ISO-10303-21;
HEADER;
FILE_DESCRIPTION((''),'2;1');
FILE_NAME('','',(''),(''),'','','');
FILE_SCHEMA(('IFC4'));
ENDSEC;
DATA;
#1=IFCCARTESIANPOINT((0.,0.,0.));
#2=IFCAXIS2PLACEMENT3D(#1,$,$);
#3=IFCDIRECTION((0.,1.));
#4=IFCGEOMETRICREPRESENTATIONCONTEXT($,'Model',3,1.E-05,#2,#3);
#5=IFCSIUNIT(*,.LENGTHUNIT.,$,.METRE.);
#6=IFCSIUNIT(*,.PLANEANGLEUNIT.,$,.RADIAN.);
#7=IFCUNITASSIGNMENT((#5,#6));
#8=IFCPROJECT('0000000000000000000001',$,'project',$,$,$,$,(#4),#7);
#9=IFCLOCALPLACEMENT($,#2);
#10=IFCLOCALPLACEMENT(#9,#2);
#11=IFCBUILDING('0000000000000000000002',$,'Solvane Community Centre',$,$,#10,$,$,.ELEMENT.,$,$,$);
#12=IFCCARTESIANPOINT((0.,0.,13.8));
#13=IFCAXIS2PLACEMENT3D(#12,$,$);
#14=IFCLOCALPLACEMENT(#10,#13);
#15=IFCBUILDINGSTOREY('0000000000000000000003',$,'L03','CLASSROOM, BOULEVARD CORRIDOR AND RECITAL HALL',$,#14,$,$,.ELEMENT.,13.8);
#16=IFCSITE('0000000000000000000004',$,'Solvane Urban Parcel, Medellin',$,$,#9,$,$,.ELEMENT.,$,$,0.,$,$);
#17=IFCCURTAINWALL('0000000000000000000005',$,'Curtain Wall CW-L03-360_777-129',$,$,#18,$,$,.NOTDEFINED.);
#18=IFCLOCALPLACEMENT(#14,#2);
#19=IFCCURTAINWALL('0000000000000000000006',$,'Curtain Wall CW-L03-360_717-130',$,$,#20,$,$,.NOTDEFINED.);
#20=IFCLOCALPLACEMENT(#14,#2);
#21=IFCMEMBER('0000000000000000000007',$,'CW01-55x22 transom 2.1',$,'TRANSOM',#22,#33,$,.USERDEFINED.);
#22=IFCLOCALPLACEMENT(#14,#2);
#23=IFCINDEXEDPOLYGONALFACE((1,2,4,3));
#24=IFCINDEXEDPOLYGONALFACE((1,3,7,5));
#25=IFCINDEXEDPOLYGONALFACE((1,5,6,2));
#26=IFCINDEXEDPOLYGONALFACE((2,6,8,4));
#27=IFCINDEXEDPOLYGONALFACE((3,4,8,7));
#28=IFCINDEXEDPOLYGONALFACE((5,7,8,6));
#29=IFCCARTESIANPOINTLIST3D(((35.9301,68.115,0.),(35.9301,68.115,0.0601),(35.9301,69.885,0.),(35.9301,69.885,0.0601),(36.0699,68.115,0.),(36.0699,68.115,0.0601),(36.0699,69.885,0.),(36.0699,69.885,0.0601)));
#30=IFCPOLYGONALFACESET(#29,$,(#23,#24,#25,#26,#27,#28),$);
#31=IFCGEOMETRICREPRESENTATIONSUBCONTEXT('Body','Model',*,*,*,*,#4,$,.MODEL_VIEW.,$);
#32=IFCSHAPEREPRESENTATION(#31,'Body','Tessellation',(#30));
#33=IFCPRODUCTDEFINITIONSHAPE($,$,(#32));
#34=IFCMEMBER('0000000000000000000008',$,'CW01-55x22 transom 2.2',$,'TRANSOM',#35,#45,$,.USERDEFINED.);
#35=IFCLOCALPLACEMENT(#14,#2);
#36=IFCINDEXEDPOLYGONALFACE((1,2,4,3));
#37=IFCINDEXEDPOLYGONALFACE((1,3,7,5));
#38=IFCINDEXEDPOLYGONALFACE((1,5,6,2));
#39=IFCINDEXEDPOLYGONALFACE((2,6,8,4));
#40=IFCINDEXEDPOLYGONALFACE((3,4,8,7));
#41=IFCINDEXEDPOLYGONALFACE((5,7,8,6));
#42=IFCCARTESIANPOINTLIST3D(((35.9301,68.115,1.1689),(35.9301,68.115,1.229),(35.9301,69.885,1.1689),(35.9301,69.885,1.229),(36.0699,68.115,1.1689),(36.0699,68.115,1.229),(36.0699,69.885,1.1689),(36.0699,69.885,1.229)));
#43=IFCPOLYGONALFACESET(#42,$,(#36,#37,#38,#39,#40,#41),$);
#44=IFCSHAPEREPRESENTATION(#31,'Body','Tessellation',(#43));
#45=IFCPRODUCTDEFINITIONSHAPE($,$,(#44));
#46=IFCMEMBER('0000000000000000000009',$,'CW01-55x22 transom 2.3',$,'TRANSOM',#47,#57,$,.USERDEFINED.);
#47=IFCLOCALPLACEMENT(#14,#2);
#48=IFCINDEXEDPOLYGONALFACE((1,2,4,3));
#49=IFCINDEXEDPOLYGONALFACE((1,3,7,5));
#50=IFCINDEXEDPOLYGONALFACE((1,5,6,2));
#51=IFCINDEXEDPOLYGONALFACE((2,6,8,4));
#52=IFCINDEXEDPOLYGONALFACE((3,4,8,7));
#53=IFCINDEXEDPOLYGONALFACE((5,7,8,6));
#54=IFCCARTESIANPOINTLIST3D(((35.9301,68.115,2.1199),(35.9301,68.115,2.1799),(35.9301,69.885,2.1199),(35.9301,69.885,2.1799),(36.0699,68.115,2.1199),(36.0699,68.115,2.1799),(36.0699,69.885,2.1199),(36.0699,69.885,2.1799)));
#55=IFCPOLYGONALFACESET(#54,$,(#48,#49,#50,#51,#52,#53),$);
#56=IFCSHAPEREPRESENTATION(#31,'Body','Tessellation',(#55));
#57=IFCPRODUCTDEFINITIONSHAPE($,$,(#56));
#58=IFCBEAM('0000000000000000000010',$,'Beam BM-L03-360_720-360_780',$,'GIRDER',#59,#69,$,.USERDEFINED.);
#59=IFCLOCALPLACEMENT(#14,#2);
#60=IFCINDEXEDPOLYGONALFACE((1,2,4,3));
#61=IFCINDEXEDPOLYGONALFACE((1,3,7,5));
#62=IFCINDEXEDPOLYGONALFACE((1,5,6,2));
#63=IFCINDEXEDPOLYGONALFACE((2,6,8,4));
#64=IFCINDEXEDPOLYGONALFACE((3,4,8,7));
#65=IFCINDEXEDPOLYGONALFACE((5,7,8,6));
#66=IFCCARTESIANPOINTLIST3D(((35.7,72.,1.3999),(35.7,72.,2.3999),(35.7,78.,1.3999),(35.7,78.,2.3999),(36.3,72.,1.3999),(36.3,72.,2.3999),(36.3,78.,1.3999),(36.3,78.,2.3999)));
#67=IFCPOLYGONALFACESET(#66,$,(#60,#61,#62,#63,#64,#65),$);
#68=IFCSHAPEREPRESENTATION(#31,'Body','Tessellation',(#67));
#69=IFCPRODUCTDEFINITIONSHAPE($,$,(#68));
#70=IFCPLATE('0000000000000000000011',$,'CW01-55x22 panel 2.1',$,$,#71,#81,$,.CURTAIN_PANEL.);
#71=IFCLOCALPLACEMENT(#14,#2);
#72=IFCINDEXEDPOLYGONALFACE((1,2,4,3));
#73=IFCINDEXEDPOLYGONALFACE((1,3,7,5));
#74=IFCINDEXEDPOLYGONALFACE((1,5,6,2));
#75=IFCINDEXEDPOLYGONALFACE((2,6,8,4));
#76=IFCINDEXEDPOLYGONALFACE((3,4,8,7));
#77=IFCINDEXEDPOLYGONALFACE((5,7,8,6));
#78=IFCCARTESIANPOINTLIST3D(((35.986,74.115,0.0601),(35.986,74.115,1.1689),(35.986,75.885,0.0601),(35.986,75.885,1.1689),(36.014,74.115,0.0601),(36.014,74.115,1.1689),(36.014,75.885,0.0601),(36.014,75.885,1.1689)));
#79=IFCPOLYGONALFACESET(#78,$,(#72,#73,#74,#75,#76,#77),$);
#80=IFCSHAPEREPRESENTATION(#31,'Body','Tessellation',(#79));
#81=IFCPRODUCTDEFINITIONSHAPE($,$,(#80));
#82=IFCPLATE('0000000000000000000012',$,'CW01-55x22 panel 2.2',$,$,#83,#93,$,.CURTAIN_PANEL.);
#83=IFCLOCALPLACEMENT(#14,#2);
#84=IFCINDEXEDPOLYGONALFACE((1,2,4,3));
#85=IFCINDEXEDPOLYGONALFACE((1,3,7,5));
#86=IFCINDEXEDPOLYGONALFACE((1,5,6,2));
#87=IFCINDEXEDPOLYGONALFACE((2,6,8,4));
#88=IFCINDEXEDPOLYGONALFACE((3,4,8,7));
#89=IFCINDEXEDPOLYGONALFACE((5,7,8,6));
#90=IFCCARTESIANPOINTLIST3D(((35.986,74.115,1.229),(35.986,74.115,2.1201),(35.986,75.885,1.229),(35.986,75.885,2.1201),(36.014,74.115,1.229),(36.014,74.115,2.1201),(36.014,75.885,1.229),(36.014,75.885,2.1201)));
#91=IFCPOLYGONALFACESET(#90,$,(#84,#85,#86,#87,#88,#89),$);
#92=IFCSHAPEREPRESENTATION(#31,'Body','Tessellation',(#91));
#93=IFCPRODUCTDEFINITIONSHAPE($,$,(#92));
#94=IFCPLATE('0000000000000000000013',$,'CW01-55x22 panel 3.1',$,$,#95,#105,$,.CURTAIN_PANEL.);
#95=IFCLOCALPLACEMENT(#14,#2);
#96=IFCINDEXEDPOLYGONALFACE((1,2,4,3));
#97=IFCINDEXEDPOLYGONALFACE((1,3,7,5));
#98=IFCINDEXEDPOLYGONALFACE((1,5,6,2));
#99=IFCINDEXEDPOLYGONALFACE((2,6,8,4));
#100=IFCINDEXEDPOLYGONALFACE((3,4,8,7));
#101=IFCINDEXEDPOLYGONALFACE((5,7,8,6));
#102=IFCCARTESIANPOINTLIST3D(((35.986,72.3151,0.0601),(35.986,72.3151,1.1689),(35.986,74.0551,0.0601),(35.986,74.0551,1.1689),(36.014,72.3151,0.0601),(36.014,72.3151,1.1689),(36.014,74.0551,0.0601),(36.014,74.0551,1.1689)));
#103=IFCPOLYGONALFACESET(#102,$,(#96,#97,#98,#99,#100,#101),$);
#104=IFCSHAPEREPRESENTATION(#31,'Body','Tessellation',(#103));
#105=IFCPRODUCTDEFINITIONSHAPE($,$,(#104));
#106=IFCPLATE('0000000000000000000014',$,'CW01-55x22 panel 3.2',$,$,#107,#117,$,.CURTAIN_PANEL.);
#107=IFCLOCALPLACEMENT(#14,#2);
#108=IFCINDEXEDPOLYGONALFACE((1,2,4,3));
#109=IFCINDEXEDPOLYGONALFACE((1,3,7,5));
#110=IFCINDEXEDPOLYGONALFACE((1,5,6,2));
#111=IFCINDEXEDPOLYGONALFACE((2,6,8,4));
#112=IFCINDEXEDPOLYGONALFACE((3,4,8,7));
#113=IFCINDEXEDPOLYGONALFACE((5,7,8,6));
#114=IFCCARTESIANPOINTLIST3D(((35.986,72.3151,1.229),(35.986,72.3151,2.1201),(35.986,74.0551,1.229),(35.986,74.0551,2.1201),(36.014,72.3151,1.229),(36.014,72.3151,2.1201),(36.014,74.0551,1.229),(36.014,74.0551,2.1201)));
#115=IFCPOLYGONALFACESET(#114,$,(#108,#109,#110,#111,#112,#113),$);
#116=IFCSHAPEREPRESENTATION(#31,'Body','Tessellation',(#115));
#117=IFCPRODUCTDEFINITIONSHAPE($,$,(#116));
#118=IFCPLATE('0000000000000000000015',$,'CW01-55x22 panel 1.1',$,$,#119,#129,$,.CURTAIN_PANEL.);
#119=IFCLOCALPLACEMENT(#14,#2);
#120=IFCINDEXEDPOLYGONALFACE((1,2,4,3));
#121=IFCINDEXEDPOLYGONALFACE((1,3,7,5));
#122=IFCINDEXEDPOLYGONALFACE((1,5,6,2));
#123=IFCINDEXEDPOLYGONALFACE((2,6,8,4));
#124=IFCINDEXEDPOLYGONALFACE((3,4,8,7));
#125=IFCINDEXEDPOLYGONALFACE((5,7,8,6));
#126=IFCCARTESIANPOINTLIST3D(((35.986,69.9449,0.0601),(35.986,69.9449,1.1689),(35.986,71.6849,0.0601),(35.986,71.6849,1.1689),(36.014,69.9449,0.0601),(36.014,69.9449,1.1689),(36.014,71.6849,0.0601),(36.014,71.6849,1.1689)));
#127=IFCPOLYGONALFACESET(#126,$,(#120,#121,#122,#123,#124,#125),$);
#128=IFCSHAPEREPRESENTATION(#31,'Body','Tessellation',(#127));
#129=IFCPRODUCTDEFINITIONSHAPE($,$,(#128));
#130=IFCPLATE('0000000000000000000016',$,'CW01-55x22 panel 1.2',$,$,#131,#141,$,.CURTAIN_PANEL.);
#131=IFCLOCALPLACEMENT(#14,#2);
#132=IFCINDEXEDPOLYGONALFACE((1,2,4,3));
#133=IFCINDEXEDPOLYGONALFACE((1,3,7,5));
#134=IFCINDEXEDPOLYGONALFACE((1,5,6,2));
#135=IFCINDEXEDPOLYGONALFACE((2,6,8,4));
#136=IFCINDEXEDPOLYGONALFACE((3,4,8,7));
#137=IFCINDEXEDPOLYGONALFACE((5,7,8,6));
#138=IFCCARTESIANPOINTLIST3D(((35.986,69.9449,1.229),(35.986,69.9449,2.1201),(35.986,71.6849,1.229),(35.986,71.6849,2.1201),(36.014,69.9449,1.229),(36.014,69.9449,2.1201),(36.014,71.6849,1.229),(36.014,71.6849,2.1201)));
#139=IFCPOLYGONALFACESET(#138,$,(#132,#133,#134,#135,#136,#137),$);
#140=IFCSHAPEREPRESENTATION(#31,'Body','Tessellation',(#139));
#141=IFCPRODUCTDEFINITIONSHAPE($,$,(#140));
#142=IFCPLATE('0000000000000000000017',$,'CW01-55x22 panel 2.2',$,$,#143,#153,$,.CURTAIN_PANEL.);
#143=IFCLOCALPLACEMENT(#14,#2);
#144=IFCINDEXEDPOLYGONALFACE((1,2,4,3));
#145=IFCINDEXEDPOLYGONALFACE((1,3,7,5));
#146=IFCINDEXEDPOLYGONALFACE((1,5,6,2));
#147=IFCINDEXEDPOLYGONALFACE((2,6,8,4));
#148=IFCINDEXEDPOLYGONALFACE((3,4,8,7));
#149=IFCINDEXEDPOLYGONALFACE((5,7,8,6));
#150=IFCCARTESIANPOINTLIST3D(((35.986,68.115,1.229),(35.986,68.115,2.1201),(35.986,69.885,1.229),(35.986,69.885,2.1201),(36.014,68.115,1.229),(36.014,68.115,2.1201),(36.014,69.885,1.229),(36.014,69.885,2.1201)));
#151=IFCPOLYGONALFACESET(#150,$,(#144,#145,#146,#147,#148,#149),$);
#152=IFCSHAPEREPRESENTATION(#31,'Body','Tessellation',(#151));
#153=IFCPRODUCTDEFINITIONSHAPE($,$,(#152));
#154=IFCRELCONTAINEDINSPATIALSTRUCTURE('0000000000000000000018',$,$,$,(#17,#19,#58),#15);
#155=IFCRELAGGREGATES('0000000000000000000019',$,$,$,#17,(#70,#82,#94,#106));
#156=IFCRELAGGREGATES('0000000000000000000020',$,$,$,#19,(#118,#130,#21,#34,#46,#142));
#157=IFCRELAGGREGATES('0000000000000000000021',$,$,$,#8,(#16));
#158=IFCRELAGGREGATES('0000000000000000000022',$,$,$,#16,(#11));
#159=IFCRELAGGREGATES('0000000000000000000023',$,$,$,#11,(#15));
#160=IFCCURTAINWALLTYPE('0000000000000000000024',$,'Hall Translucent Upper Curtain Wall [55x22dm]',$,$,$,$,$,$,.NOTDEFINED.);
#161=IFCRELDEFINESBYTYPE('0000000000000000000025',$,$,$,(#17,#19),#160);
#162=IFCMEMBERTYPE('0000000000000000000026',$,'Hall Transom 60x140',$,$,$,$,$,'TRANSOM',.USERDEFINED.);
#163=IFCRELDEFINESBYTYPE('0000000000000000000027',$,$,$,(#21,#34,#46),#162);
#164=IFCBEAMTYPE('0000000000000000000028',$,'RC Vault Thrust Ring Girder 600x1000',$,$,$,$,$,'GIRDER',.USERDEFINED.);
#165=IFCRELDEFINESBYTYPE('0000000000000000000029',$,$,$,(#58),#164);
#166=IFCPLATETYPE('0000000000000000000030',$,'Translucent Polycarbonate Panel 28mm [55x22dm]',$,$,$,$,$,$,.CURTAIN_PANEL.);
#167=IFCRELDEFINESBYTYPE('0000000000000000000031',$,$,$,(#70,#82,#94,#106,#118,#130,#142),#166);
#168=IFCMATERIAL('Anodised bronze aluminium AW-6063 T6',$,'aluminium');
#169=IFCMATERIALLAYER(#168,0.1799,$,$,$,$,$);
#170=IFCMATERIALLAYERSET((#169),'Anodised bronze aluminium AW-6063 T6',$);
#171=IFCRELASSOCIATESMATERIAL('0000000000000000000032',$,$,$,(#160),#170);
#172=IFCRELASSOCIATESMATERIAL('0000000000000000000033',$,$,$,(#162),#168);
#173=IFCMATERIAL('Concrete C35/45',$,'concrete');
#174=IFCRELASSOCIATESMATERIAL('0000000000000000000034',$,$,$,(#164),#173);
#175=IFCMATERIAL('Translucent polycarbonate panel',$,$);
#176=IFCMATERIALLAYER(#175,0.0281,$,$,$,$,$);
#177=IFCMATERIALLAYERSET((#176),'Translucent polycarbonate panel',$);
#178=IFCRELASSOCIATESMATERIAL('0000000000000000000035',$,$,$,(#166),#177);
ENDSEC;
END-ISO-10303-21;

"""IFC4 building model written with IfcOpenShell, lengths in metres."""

from ifc_helpers import new_model, si_unit, direction, frame, origin, origin_2d, place, context, subcontext, project, spatial, rectangle, extrude, material, layer, layer_set, material_profile, profile_set, type_object, element, aggregate, save


model = new_model("IFC4")

# Units and contexts
model_context = context("Model", 3, precision=1e-05, world=origin(), true_north=direction((0.0, 1.0)))
body_context = subcontext(model_context, "Body", "Model", "MODEL_VIEW")
ifc_project = project(units=[si_unit("LENGTHUNIT", "METRE"), si_unit("PLANEANGLEUNIT", "RADIAN")], contexts=[model_context])

# Site, building, storey
site_placement = place(None, origin())
site = spatial("IfcSite", under=ifc_project, at=site_placement, Name="Solvane Urban Parcel, Medellin", CompositionType="ELEMENT", RefElevation=0.0)
building_placement = place(site_placement, origin())
building = spatial("IfcBuilding", under=site, at=building_placement, Name="Solvane Community Centre", CompositionType="ELEMENT")
storey_placement = place(building_placement, frame((0.0, 0.0, 13.8)))
storey = spatial("IfcBuildingStorey", under=building, at=storey_placement, Name="L03", Description="CLASSROOM, BOULEVARD CORRIDOR AND RECITAL HALL", CompositionType="ELEMENT", Elevation=13.8)

# Curtain walls
ifc_material_1 = material(Name="Anodised bronze aluminium AW-6063 T6", Category="aluminium")
ifc_layer_1 = layer(ifc_material_1, 0.1799)
ifc_layer_set_1 = layer_set([ifc_layer_1], Name="Anodised bronze aluminium AW-6063 T6")
curtain_wall_type = type_object("IfcCurtainWallType", Name="Hall Translucent Upper Curtain Wall [55x22dm]", PredefinedType="NOTDEFINED", material=ifc_layer_set_1)
curtain_wall_1_placement = place(storey_placement, origin())
curtain_wall_1 = element("IfcCurtainWall", 1, at=curtain_wall_1_placement, inside=storey, type_object=curtain_wall_type, Name="Curtain Wall CW-L03-360_777-129", PredefinedType="NOTDEFINED")
curtain_wall_2_placement = place(storey_placement, origin())
curtain_wall_2 = element("IfcCurtainWall", 2, at=curtain_wall_2_placement, inside=storey, type_object=curtain_wall_type, Name="Curtain Wall CW-L03-360_717-130", PredefinedType="NOTDEFINED")

# Members
ifc_material_profile_1 = material_profile(ifc_material_1, rectangle(XDim=0.1399, YDim=0.0601, at=origin_2d()), Name="CW-T 60x140")
ifc_profile_set_1 = profile_set([ifc_material_profile_1], Name="Anodised bronze aluminium AW-6063 T6")
member_type_1 = type_object("IfcMemberType", Name="Hall Transom 60x140", ElementType="TRANSOM", PredefinedType="USERDEFINED", material=ifc_profile_set_1)
member_1_placement = place(storey_placement, frame((36.0, 69.885, 0.03), z_axis=(0.0, -1.0, 0.0), x_axis=(1.0, 0.0, 0.0)))
member_1 = element("IfcMember", 3, at=member_1_placement, type_object=member_type_1, Name="CW01-55x22 transom 2.1", ObjectType="TRANSOM", PredefinedType="USERDEFINED", context=body_context, shape_type="SweptSolid", body=[
    extrude(rectangle(XDim=0.1399, YDim=0.0601, at=origin_2d()), origin(), (0.0, 0.0, 1.0), 1.77),
])
member_2_placement = place(storey_placement, frame((36.0, 69.885, 1.199), z_axis=(0.0, -1.0, 0.0), x_axis=(1.0, 0.0, 0.0)))
member_2 = element("IfcMember", 4, at=member_2_placement, type_object=member_type_1, Name="CW01-55x22 transom 2.2", ObjectType="TRANSOM", PredefinedType="USERDEFINED", context=body_context, shape_type="SweptSolid", body=[
    extrude(rectangle(XDim=0.1399, YDim=0.0601, at=origin_2d()), origin(), (0.0, 0.0, 1.0), 1.77),
])
member_3_placement = place(storey_placement, frame((36.0, 69.885, 2.1499), z_axis=(0.0, -1.0, 0.0), x_axis=(1.0, 0.0, 0.0)))
member_3 = element("IfcMember", 5, at=member_3_placement, type_object=member_type_1, Name="CW01-55x22 transom 2.3", ObjectType="TRANSOM", PredefinedType="USERDEFINED", context=body_context, shape_type="SweptSolid", body=[
    extrude(rectangle(XDim=0.1399, YDim=0.0601, at=origin_2d()), origin(), (0.0, 0.0, 1.0), 1.77),
])

# Beam
ifc_material_2 = material(Name="Concrete C35/45", Category="concrete")
ifc_material_profile_2 = material_profile(ifc_material_2, rectangle(XDim=0.6001, YDim=1.0, at=origin_2d()), Name="RC 600x1000")
ifc_profile_set_2 = profile_set([ifc_material_profile_2], Name="Concrete C35/45")
beam_type = type_object("IfcBeamType", Name="RC Vault Thrust Ring Girder 600x1000", ElementType="GIRDER", PredefinedType="USERDEFINED", material=ifc_profile_set_2)
beam_placement = place(storey_placement, frame((36.0, 72.0, 1.8999), z_axis=(0.0, 1.0, 0.0), x_axis=(-1.0, 0.0, 0.0)))
element("IfcBeam", 6, at=beam_placement, inside=storey, type_object=beam_type, Name="Beam BM-L03-360_720-360_780", ObjectType="GIRDER", PredefinedType="USERDEFINED", context=body_context, shape_type="SweptSolid", body=[
    extrude(rectangle(XDim=0.6001, YDim=1.0, at=origin_2d()), origin(), (0.0, 0.0, 1.0), 6.0),
])

# Plates
ifc_material_3 = material(Name="Translucent polycarbonate panel")
ifc_layer_2 = layer(ifc_material_3, 0.0281)
ifc_layer_set_2 = layer_set([ifc_layer_2], Name="Translucent polycarbonate panel")
plate_type = type_object("IfcPlateType", Name="Translucent Polycarbonate Panel 28mm [55x22dm]", PredefinedType="CURTAIN_PANEL", material=ifc_layer_set_2)
plate_1_placement = place(storey_placement, frame((36.0, 75.0, 0.0601), z_axis=(0.0, 0.0, 1.0), x_axis=(0.0, -1.0, 0.0)))
plate_1 = element("IfcPlate", 7, at=plate_1_placement, type_object=plate_type, Name="CW01-55x22 panel 2.1", PredefinedType="CURTAIN_PANEL", context=body_context, shape_type="SweptSolid", body=[
    extrude(rectangle(XDim=1.77, YDim=0.0281, at=origin_2d()), origin(), (0.0, 0.0, 1.0), 1.1089),
])
plate_2_placement = place(storey_placement, frame((36.0, 75.0, 1.229), z_axis=(0.0, 0.0, 1.0), x_axis=(0.0, -1.0, 0.0)))
plate_2 = element("IfcPlate", 8, at=plate_2_placement, type_object=plate_type, Name="CW01-55x22 panel 2.2", PredefinedType="CURTAIN_PANEL", context=body_context, shape_type="SweptSolid", body=[
    extrude(rectangle(XDim=1.77, YDim=0.0281, at=origin_2d()), origin(), (0.0, 0.0, 1.0), 0.8911),
])
plate_3_placement = place(storey_placement, frame((36.0, 73.1851, 0.0601), z_axis=(0.0, 0.0, 1.0), x_axis=(0.0, -1.0, 0.0)))
plate_3 = element("IfcPlate", 9, at=plate_3_placement, type_object=plate_type, Name="CW01-55x22 panel 3.1", PredefinedType="CURTAIN_PANEL", context=body_context, shape_type="SweptSolid", body=[
    extrude(rectangle(XDim=1.74, YDim=0.0281, at=origin_2d()), origin(), (0.0, 0.0, 1.0), 1.1089),
])
plate_4_placement = place(storey_placement, frame((36.0, 73.1851, 1.229), z_axis=(0.0, 0.0, 1.0), x_axis=(0.0, -1.0, 0.0)))
plate_4 = element("IfcPlate", 10, at=plate_4_placement, type_object=plate_type, Name="CW01-55x22 panel 3.2", PredefinedType="CURTAIN_PANEL", context=body_context, shape_type="SweptSolid", body=[
    extrude(rectangle(XDim=1.74, YDim=0.0281, at=origin_2d()), origin(), (0.0, 0.0, 1.0), 0.8911),
])
aggregate(curtain_wall_1, [plate_1, plate_2, plate_3, plate_4])
plate_5_placement = place(storey_placement, frame((36.0, 70.8149, 0.0601), z_axis=(0.0, 0.0, 1.0), x_axis=(0.0, -1.0, 0.0)))
plate_5 = element("IfcPlate", 11, at=plate_5_placement, type_object=plate_type, Name="CW01-55x22 panel 1.1", PredefinedType="CURTAIN_PANEL", context=body_context, shape_type="SweptSolid", body=[
    extrude(rectangle(XDim=1.74, YDim=0.0281, at=origin_2d()), origin(), (0.0, 0.0, 1.0), 1.1089),
])
plate_6_placement = place(storey_placement, frame((36.0, 70.8149, 1.229), z_axis=(0.0, 0.0, 1.0), x_axis=(0.0, -1.0, 0.0)))
plate_6 = element("IfcPlate", 12, at=plate_6_placement, type_object=plate_type, Name="CW01-55x22 panel 1.2", PredefinedType="CURTAIN_PANEL", context=body_context, shape_type="SweptSolid", body=[
    extrude(rectangle(XDim=1.74, YDim=0.0281, at=origin_2d()), origin(), (0.0, 0.0, 1.0), 0.8911),
])
plate_7_placement = place(storey_placement, frame((36.0, 69.0, 1.229), z_axis=(0.0, 0.0, 1.0), x_axis=(0.0, -1.0, 0.0)))
plate_7 = element("IfcPlate", 13, at=plate_7_placement, type_object=plate_type, Name="CW01-55x22 panel 2.2", PredefinedType="CURTAIN_PANEL", context=body_context, shape_type="SweptSolid", body=[
    extrude(rectangle(XDim=1.77, YDim=0.0281, at=origin_2d()), origin(), (0.0, 0.0, 1.0), 0.8911),
])
aggregate(curtain_wall_2, [plate_5, plate_6, member_1, member_2, member_3, plate_7])

save(model, "model.ifc")
